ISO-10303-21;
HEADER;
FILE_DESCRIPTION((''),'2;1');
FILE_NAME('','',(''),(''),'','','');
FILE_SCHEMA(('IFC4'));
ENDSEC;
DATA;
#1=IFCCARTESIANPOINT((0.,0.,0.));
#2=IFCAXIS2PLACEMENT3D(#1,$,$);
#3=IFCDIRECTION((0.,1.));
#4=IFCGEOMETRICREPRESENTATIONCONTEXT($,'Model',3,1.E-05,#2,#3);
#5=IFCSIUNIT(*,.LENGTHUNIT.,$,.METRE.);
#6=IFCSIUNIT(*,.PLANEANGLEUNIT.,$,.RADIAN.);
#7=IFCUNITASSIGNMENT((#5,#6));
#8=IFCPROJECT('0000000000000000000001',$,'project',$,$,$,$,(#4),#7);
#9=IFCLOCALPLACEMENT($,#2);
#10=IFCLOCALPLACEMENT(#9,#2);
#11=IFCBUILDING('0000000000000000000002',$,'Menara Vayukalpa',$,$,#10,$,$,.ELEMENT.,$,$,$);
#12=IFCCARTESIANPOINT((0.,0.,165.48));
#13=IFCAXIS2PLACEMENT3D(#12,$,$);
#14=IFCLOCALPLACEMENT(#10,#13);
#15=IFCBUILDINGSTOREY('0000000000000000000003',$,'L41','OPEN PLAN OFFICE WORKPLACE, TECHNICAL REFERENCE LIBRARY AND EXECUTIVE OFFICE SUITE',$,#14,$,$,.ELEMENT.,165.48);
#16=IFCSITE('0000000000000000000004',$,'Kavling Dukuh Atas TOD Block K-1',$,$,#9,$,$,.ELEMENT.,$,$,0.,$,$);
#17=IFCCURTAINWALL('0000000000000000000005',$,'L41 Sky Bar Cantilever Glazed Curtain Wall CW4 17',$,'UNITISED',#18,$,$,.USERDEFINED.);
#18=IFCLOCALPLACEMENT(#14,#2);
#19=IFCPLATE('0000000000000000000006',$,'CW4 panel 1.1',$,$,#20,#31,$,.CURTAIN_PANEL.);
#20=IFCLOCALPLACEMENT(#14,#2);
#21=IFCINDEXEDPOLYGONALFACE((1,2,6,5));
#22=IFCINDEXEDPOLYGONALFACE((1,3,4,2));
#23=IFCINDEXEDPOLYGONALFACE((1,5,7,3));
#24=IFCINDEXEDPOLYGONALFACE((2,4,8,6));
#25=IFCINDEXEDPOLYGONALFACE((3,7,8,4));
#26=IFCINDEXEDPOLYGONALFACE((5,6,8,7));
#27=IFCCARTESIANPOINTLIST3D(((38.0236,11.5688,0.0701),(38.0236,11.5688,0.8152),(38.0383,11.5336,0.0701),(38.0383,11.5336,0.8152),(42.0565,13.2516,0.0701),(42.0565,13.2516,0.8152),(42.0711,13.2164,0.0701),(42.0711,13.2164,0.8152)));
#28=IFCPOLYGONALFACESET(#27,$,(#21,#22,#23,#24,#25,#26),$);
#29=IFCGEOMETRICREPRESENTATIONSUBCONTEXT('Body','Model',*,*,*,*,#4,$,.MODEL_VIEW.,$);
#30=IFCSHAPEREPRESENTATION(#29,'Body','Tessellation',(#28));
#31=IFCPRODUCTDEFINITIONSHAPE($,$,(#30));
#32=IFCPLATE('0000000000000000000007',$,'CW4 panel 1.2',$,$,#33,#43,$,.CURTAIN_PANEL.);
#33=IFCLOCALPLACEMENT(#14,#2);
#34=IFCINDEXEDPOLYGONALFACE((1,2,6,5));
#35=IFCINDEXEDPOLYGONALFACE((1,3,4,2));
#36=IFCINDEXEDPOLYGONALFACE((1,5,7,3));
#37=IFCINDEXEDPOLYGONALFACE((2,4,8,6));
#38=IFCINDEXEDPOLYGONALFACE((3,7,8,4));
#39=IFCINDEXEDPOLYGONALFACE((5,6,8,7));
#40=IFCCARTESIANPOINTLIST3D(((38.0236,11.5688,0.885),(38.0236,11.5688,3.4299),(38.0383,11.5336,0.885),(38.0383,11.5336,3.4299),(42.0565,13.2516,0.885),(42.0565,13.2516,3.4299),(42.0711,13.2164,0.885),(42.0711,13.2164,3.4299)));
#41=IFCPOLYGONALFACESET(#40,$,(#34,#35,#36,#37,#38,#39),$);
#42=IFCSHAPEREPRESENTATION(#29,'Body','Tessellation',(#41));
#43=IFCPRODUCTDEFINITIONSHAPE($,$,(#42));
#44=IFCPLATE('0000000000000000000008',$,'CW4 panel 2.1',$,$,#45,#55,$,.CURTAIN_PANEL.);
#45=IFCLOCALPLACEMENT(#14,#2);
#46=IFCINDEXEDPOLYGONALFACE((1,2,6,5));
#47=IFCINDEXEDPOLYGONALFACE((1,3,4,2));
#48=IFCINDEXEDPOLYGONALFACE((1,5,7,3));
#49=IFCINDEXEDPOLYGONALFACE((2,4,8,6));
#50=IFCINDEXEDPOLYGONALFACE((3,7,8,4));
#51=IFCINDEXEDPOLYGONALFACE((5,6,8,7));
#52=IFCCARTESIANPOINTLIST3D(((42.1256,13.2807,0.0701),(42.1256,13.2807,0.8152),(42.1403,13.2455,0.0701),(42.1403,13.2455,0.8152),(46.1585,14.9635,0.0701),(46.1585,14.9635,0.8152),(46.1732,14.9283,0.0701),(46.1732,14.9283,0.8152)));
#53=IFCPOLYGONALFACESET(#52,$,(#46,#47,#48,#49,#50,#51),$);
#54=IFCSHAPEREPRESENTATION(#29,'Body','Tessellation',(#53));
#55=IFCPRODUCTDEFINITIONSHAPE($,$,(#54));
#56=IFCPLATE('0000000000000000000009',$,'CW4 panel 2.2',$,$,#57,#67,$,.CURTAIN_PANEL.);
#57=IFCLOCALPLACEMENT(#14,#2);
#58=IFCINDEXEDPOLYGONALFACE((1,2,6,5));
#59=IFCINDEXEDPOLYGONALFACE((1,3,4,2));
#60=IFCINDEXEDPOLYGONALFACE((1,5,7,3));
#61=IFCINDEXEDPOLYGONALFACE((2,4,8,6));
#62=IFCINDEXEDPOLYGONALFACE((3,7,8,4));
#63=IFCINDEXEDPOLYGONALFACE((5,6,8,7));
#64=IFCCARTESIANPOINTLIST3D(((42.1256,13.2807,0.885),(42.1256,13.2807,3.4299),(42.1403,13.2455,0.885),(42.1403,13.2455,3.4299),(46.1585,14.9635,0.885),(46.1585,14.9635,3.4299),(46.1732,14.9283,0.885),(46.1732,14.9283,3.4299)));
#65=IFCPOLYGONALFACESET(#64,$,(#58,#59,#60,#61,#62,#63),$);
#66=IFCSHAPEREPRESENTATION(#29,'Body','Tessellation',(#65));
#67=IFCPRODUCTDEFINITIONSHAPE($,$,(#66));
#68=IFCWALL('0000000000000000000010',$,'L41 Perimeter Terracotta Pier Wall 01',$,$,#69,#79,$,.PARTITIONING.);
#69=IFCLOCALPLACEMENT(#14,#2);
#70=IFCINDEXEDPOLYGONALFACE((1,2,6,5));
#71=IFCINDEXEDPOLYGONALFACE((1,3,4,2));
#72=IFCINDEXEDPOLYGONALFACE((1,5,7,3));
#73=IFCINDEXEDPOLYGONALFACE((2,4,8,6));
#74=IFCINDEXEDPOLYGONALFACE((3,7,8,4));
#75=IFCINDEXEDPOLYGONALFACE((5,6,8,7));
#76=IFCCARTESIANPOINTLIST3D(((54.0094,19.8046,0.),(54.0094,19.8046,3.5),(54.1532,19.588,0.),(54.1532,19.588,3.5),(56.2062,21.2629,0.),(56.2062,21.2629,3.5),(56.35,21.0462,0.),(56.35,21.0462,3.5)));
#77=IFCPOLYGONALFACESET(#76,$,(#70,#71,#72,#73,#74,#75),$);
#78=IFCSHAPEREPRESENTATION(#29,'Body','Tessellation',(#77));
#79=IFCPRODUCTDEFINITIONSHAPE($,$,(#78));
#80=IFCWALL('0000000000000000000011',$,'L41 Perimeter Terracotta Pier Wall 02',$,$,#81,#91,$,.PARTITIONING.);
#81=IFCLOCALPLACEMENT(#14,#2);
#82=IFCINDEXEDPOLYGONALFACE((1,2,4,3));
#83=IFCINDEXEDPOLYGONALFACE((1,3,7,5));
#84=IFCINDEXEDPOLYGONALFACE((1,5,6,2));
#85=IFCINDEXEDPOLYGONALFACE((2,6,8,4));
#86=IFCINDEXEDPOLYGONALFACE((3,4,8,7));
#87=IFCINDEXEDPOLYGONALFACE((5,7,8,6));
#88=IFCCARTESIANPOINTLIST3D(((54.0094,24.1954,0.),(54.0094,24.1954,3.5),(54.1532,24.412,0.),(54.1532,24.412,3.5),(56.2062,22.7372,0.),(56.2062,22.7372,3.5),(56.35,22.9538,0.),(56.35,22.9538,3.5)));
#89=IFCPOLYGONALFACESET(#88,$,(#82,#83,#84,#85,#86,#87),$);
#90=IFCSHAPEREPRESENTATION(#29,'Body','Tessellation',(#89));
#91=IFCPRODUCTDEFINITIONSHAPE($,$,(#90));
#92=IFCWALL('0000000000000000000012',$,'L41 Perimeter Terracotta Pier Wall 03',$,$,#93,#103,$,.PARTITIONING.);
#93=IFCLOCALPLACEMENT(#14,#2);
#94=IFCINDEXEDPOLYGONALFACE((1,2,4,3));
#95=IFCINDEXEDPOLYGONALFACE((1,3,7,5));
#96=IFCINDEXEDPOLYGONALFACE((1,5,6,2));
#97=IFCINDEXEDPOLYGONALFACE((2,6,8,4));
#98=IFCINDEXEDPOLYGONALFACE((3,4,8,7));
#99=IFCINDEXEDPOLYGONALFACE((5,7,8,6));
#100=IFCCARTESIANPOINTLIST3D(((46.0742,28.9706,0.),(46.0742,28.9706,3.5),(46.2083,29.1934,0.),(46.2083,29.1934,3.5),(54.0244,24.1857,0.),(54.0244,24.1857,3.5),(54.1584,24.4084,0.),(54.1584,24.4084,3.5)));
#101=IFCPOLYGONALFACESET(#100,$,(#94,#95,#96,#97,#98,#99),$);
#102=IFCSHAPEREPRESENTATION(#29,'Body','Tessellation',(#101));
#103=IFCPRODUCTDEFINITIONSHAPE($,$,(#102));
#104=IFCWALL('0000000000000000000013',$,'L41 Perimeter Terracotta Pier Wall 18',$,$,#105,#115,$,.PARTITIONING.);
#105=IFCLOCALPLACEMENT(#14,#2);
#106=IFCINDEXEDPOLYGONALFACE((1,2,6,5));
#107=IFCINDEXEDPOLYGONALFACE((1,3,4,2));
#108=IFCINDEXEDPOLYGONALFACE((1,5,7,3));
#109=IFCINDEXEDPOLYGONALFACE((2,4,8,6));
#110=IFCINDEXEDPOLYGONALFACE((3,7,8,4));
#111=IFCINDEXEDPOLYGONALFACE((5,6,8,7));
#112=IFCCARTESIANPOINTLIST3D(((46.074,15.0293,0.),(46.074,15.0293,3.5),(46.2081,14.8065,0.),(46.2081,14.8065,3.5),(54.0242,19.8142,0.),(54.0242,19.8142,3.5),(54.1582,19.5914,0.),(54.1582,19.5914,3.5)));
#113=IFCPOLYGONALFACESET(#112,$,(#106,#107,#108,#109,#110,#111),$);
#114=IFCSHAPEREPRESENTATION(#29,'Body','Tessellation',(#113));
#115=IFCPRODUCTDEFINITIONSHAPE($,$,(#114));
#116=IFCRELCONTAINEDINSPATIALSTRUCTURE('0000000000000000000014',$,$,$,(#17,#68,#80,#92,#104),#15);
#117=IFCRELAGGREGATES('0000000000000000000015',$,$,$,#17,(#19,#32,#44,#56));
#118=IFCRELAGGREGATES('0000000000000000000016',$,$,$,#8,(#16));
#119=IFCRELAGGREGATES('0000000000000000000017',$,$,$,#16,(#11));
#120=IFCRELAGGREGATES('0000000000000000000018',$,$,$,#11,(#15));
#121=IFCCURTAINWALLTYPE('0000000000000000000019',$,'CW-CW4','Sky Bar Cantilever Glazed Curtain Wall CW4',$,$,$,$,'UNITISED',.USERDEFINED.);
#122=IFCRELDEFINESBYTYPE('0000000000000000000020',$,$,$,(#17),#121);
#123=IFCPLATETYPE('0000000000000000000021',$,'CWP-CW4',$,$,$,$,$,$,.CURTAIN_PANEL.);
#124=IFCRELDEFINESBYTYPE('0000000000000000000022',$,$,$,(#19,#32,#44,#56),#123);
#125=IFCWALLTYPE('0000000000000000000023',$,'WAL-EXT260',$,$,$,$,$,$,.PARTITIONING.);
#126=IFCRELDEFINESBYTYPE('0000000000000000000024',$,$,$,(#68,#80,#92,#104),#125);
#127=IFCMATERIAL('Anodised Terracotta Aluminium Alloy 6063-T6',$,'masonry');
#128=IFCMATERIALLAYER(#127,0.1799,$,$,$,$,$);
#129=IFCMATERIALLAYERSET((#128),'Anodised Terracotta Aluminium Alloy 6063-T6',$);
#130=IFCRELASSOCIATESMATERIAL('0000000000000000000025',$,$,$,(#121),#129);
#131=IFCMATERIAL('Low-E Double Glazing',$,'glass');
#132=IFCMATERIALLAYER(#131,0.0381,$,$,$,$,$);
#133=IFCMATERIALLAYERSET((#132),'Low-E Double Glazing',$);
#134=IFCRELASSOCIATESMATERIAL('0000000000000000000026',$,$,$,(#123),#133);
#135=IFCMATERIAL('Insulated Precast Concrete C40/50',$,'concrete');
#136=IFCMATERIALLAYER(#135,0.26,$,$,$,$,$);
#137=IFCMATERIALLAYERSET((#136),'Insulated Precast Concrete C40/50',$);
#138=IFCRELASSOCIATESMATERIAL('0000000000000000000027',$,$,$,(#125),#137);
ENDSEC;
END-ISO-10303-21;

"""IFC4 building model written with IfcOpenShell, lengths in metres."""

from ifc_helpers import new_model, si_unit, direction, frame, frame_2d, origin, origin_2d, place, context, subcontext, project, spatial, rectangle, extrude, material, layer, layer_set, type_object, element, aggregate, save


model = new_model("IFC4")

# Units and contexts
model_context = context("Model", 3, precision=1e-05, world=origin(), true_north=direction((0.0, 1.0)))
body_context = subcontext(model_context, "Body", "Model", "MODEL_VIEW")
ifc_project = project(units=[si_unit("LENGTHUNIT", "METRE"), si_unit("PLANEANGLEUNIT", "RADIAN")], contexts=[model_context])

# Site, building, storey
site_placement = place(None, origin())
site = spatial("IfcSite", under=ifc_project, at=site_placement, Name="Kavling Dukuh Atas TOD Block K-1", CompositionType="ELEMENT", RefElevation=0.0)
building_placement = place(site_placement, origin())
building = spatial("IfcBuilding", under=site, at=building_placement, Name="Menara Vayukalpa", CompositionType="ELEMENT")
storey_placement = place(building_placement, frame((0.0, 0.0, 165.48)))
storey = spatial("IfcBuildingStorey", under=building, at=storey_placement, Name="L41", Description="OPEN PLAN OFFICE WORKPLACE, TECHNICAL REFERENCE LIBRARY AND EXECUTIVE OFFICE SUITE", CompositionType="ELEMENT", Elevation=165.48)

# Curtain wall
ifc_material_1 = material(Name="Anodised Terracotta Aluminium Alloy 6063-T6", Category="masonry")
ifc_layer_1 = layer(ifc_material_1, 0.1799)
ifc_layer_set_1 = layer_set([ifc_layer_1], Name="Anodised Terracotta Aluminium Alloy 6063-T6")
curtain_wall_type = type_object("IfcCurtainWallType", Name="CW-CW4", Description="Sky Bar Cantilever Glazed Curtain Wall CW4", ElementType="UNITISED", PredefinedType="USERDEFINED", material=ifc_layer_set_1)
curtain_wall_1_placement = place(storey_placement, origin())
curtain_wall_1 = element("IfcCurtainWall", 1, at=curtain_wall_1_placement, inside=storey, type_object=curtain_wall_type, Name="L41 Sky Bar Cantilever Glazed Curtain Wall CW4 17", ObjectType="UNITISED", PredefinedType="USERDEFINED")

# Plates
ifc_material_2 = material(Name="Low-E Double Glazing", Category="glass")
ifc_layer_2 = layer(ifc_material_2, 0.0381)
ifc_layer_set_2 = layer_set([ifc_layer_2], Name="Low-E Double Glazing")
plate_type = type_object("IfcPlateType", Name="CWP-CW4", PredefinedType="CURTAIN_PANEL", material=ifc_layer_set_2)
plate_1_placement = place(storey_placement, frame((40.0474, 12.3926, 0.0701), z_axis=(0.0, 0.0, 1.0), x_axis=(0.922878, 0.385091, 0.0)))
plate_1 = element("IfcPlate", 2, at=plate_1_placement, type_object=plate_type, Name="CW4 panel 1.1", PredefinedType="CURTAIN_PANEL", context=body_context, shape_type="SweptSolid", body=[
    extrude(rectangle(XDim=4.3699, YDim=0.0381, at=origin_2d()), origin(), (0.0, 0.0, 1.0), 0.7451),
])
plate_2_placement = place(storey_placement, frame((40.0474, 12.3926, 0.885), z_axis=(0.0, 0.0, 1.0), x_axis=(0.922878, 0.385091, 0.0)))
plate_2 = element("IfcPlate", 3, at=plate_2_placement, type_object=plate_type, Name="CW4 panel 1.2", PredefinedType="CURTAIN_PANEL", context=body_context, shape_type="SweptSolid", body=[
    extrude(rectangle(XDim=4.3699, YDim=0.0381, at=origin_2d()), origin(), (0.0, 0.0, 1.0), 2.5449),
])
plate_3_placement = place(storey_placement, frame((44.1494, 14.1045, 0.0701), z_axis=(0.0, 0.0, 1.0), x_axis=(0.922878, 0.385091, 0.0)))
plate_3 = element("IfcPlate", 4, at=plate_3_placement, type_object=plate_type, Name="CW4 panel 2.1", PredefinedType="CURTAIN_PANEL", context=body_context, shape_type="SweptSolid", body=[
    extrude(rectangle(XDim=4.3699, YDim=0.0381, at=origin_2d()), origin(), (0.0, 0.0, 1.0), 0.7451),
])
plate_4_placement = place(storey_placement, frame((44.1494, 14.1045, 0.885), z_axis=(0.0, 0.0, 1.0), x_axis=(0.922878, 0.385091, 0.0)))
plate_4 = element("IfcPlate", 5, at=plate_4_placement, type_object=plate_type, Name="CW4 panel 2.2", PredefinedType="CURTAIN_PANEL", context=body_context, shape_type="SweptSolid", body=[
    extrude(rectangle(XDim=4.3699, YDim=0.0381, at=origin_2d()), origin(), (0.0, 0.0, 1.0), 2.5449),
])
aggregate(curtain_wall_1, [plate_1, plate_2, plate_3, plate_4])

# Walls
ifc_material_3 = material(Name="Insulated Precast Concrete C40/50", Category="concrete")
ifc_layer_3 = layer(ifc_material_3, 0.26)
ifc_layer_set_3 = layer_set([ifc_layer_3], Name="Insulated Precast Concrete C40/50")
wall_type = type_object("IfcWallType", Name="WAL-EXT260", PredefinedType="PARTITIONING", material=ifc_layer_set_3)
for number, where, z_axis, x_axis, name in (
    (6, (56.2781, 21.1545, 0.0), (0.0, 0.0, 1.0), (-0.833146, -0.553054, 0.0), "L41 Perimeter Terracotta Pier Wall 01"),
    (7, (54.0813, 24.3037, 0.0), (0.0, 0.0, 1.0), (0.833146, -0.553054, 0.0), "L41 Perimeter Terracotta Pier Wall 02"),
):
    element("IfcWall", number, at=place(storey_placement, frame(where, z_axis=z_axis, x_axis=x_axis)), inside=storey, type_object=wall_type, Name=name, PredefinedType="PARTITIONING", context=body_context, shape_type="SweptSolid", body=[
        extrude(rectangle(XDim=2.6367, YDim=0.26, at=frame_2d((1.3184, 0.0))), origin(), (0.0, 0.0, 1.0), 3.5),
    ])
for number, where, z_axis, x_axis, name in (
    (8, (46.1411, 29.082, 0.0), (0.0, 0.0, 1.0), (0.856789, -0.515668, 0.0), "L41 Perimeter Terracotta Pier Wall 03"),
    (9, (54.0913, 19.7029, 0.0), (0.0, 0.0, 1.0), (-0.856789, -0.515668, 0.0), "L41 Perimeter Terracotta Pier Wall 18"),
):
    element("IfcWall", number, at=place(storey_placement, frame(where, z_axis=z_axis, x_axis=x_axis)), inside=storey, type_object=wall_type, Name=name, PredefinedType="PARTITIONING", context=body_context, shape_type="SweptSolid", body=[
        extrude(rectangle(XDim=9.2791, YDim=0.26, at=frame_2d((4.6396, 0.0))), origin(), (0.0, 0.0, 1.0), 3.5),
    ])

save(model, "model.ifc")
